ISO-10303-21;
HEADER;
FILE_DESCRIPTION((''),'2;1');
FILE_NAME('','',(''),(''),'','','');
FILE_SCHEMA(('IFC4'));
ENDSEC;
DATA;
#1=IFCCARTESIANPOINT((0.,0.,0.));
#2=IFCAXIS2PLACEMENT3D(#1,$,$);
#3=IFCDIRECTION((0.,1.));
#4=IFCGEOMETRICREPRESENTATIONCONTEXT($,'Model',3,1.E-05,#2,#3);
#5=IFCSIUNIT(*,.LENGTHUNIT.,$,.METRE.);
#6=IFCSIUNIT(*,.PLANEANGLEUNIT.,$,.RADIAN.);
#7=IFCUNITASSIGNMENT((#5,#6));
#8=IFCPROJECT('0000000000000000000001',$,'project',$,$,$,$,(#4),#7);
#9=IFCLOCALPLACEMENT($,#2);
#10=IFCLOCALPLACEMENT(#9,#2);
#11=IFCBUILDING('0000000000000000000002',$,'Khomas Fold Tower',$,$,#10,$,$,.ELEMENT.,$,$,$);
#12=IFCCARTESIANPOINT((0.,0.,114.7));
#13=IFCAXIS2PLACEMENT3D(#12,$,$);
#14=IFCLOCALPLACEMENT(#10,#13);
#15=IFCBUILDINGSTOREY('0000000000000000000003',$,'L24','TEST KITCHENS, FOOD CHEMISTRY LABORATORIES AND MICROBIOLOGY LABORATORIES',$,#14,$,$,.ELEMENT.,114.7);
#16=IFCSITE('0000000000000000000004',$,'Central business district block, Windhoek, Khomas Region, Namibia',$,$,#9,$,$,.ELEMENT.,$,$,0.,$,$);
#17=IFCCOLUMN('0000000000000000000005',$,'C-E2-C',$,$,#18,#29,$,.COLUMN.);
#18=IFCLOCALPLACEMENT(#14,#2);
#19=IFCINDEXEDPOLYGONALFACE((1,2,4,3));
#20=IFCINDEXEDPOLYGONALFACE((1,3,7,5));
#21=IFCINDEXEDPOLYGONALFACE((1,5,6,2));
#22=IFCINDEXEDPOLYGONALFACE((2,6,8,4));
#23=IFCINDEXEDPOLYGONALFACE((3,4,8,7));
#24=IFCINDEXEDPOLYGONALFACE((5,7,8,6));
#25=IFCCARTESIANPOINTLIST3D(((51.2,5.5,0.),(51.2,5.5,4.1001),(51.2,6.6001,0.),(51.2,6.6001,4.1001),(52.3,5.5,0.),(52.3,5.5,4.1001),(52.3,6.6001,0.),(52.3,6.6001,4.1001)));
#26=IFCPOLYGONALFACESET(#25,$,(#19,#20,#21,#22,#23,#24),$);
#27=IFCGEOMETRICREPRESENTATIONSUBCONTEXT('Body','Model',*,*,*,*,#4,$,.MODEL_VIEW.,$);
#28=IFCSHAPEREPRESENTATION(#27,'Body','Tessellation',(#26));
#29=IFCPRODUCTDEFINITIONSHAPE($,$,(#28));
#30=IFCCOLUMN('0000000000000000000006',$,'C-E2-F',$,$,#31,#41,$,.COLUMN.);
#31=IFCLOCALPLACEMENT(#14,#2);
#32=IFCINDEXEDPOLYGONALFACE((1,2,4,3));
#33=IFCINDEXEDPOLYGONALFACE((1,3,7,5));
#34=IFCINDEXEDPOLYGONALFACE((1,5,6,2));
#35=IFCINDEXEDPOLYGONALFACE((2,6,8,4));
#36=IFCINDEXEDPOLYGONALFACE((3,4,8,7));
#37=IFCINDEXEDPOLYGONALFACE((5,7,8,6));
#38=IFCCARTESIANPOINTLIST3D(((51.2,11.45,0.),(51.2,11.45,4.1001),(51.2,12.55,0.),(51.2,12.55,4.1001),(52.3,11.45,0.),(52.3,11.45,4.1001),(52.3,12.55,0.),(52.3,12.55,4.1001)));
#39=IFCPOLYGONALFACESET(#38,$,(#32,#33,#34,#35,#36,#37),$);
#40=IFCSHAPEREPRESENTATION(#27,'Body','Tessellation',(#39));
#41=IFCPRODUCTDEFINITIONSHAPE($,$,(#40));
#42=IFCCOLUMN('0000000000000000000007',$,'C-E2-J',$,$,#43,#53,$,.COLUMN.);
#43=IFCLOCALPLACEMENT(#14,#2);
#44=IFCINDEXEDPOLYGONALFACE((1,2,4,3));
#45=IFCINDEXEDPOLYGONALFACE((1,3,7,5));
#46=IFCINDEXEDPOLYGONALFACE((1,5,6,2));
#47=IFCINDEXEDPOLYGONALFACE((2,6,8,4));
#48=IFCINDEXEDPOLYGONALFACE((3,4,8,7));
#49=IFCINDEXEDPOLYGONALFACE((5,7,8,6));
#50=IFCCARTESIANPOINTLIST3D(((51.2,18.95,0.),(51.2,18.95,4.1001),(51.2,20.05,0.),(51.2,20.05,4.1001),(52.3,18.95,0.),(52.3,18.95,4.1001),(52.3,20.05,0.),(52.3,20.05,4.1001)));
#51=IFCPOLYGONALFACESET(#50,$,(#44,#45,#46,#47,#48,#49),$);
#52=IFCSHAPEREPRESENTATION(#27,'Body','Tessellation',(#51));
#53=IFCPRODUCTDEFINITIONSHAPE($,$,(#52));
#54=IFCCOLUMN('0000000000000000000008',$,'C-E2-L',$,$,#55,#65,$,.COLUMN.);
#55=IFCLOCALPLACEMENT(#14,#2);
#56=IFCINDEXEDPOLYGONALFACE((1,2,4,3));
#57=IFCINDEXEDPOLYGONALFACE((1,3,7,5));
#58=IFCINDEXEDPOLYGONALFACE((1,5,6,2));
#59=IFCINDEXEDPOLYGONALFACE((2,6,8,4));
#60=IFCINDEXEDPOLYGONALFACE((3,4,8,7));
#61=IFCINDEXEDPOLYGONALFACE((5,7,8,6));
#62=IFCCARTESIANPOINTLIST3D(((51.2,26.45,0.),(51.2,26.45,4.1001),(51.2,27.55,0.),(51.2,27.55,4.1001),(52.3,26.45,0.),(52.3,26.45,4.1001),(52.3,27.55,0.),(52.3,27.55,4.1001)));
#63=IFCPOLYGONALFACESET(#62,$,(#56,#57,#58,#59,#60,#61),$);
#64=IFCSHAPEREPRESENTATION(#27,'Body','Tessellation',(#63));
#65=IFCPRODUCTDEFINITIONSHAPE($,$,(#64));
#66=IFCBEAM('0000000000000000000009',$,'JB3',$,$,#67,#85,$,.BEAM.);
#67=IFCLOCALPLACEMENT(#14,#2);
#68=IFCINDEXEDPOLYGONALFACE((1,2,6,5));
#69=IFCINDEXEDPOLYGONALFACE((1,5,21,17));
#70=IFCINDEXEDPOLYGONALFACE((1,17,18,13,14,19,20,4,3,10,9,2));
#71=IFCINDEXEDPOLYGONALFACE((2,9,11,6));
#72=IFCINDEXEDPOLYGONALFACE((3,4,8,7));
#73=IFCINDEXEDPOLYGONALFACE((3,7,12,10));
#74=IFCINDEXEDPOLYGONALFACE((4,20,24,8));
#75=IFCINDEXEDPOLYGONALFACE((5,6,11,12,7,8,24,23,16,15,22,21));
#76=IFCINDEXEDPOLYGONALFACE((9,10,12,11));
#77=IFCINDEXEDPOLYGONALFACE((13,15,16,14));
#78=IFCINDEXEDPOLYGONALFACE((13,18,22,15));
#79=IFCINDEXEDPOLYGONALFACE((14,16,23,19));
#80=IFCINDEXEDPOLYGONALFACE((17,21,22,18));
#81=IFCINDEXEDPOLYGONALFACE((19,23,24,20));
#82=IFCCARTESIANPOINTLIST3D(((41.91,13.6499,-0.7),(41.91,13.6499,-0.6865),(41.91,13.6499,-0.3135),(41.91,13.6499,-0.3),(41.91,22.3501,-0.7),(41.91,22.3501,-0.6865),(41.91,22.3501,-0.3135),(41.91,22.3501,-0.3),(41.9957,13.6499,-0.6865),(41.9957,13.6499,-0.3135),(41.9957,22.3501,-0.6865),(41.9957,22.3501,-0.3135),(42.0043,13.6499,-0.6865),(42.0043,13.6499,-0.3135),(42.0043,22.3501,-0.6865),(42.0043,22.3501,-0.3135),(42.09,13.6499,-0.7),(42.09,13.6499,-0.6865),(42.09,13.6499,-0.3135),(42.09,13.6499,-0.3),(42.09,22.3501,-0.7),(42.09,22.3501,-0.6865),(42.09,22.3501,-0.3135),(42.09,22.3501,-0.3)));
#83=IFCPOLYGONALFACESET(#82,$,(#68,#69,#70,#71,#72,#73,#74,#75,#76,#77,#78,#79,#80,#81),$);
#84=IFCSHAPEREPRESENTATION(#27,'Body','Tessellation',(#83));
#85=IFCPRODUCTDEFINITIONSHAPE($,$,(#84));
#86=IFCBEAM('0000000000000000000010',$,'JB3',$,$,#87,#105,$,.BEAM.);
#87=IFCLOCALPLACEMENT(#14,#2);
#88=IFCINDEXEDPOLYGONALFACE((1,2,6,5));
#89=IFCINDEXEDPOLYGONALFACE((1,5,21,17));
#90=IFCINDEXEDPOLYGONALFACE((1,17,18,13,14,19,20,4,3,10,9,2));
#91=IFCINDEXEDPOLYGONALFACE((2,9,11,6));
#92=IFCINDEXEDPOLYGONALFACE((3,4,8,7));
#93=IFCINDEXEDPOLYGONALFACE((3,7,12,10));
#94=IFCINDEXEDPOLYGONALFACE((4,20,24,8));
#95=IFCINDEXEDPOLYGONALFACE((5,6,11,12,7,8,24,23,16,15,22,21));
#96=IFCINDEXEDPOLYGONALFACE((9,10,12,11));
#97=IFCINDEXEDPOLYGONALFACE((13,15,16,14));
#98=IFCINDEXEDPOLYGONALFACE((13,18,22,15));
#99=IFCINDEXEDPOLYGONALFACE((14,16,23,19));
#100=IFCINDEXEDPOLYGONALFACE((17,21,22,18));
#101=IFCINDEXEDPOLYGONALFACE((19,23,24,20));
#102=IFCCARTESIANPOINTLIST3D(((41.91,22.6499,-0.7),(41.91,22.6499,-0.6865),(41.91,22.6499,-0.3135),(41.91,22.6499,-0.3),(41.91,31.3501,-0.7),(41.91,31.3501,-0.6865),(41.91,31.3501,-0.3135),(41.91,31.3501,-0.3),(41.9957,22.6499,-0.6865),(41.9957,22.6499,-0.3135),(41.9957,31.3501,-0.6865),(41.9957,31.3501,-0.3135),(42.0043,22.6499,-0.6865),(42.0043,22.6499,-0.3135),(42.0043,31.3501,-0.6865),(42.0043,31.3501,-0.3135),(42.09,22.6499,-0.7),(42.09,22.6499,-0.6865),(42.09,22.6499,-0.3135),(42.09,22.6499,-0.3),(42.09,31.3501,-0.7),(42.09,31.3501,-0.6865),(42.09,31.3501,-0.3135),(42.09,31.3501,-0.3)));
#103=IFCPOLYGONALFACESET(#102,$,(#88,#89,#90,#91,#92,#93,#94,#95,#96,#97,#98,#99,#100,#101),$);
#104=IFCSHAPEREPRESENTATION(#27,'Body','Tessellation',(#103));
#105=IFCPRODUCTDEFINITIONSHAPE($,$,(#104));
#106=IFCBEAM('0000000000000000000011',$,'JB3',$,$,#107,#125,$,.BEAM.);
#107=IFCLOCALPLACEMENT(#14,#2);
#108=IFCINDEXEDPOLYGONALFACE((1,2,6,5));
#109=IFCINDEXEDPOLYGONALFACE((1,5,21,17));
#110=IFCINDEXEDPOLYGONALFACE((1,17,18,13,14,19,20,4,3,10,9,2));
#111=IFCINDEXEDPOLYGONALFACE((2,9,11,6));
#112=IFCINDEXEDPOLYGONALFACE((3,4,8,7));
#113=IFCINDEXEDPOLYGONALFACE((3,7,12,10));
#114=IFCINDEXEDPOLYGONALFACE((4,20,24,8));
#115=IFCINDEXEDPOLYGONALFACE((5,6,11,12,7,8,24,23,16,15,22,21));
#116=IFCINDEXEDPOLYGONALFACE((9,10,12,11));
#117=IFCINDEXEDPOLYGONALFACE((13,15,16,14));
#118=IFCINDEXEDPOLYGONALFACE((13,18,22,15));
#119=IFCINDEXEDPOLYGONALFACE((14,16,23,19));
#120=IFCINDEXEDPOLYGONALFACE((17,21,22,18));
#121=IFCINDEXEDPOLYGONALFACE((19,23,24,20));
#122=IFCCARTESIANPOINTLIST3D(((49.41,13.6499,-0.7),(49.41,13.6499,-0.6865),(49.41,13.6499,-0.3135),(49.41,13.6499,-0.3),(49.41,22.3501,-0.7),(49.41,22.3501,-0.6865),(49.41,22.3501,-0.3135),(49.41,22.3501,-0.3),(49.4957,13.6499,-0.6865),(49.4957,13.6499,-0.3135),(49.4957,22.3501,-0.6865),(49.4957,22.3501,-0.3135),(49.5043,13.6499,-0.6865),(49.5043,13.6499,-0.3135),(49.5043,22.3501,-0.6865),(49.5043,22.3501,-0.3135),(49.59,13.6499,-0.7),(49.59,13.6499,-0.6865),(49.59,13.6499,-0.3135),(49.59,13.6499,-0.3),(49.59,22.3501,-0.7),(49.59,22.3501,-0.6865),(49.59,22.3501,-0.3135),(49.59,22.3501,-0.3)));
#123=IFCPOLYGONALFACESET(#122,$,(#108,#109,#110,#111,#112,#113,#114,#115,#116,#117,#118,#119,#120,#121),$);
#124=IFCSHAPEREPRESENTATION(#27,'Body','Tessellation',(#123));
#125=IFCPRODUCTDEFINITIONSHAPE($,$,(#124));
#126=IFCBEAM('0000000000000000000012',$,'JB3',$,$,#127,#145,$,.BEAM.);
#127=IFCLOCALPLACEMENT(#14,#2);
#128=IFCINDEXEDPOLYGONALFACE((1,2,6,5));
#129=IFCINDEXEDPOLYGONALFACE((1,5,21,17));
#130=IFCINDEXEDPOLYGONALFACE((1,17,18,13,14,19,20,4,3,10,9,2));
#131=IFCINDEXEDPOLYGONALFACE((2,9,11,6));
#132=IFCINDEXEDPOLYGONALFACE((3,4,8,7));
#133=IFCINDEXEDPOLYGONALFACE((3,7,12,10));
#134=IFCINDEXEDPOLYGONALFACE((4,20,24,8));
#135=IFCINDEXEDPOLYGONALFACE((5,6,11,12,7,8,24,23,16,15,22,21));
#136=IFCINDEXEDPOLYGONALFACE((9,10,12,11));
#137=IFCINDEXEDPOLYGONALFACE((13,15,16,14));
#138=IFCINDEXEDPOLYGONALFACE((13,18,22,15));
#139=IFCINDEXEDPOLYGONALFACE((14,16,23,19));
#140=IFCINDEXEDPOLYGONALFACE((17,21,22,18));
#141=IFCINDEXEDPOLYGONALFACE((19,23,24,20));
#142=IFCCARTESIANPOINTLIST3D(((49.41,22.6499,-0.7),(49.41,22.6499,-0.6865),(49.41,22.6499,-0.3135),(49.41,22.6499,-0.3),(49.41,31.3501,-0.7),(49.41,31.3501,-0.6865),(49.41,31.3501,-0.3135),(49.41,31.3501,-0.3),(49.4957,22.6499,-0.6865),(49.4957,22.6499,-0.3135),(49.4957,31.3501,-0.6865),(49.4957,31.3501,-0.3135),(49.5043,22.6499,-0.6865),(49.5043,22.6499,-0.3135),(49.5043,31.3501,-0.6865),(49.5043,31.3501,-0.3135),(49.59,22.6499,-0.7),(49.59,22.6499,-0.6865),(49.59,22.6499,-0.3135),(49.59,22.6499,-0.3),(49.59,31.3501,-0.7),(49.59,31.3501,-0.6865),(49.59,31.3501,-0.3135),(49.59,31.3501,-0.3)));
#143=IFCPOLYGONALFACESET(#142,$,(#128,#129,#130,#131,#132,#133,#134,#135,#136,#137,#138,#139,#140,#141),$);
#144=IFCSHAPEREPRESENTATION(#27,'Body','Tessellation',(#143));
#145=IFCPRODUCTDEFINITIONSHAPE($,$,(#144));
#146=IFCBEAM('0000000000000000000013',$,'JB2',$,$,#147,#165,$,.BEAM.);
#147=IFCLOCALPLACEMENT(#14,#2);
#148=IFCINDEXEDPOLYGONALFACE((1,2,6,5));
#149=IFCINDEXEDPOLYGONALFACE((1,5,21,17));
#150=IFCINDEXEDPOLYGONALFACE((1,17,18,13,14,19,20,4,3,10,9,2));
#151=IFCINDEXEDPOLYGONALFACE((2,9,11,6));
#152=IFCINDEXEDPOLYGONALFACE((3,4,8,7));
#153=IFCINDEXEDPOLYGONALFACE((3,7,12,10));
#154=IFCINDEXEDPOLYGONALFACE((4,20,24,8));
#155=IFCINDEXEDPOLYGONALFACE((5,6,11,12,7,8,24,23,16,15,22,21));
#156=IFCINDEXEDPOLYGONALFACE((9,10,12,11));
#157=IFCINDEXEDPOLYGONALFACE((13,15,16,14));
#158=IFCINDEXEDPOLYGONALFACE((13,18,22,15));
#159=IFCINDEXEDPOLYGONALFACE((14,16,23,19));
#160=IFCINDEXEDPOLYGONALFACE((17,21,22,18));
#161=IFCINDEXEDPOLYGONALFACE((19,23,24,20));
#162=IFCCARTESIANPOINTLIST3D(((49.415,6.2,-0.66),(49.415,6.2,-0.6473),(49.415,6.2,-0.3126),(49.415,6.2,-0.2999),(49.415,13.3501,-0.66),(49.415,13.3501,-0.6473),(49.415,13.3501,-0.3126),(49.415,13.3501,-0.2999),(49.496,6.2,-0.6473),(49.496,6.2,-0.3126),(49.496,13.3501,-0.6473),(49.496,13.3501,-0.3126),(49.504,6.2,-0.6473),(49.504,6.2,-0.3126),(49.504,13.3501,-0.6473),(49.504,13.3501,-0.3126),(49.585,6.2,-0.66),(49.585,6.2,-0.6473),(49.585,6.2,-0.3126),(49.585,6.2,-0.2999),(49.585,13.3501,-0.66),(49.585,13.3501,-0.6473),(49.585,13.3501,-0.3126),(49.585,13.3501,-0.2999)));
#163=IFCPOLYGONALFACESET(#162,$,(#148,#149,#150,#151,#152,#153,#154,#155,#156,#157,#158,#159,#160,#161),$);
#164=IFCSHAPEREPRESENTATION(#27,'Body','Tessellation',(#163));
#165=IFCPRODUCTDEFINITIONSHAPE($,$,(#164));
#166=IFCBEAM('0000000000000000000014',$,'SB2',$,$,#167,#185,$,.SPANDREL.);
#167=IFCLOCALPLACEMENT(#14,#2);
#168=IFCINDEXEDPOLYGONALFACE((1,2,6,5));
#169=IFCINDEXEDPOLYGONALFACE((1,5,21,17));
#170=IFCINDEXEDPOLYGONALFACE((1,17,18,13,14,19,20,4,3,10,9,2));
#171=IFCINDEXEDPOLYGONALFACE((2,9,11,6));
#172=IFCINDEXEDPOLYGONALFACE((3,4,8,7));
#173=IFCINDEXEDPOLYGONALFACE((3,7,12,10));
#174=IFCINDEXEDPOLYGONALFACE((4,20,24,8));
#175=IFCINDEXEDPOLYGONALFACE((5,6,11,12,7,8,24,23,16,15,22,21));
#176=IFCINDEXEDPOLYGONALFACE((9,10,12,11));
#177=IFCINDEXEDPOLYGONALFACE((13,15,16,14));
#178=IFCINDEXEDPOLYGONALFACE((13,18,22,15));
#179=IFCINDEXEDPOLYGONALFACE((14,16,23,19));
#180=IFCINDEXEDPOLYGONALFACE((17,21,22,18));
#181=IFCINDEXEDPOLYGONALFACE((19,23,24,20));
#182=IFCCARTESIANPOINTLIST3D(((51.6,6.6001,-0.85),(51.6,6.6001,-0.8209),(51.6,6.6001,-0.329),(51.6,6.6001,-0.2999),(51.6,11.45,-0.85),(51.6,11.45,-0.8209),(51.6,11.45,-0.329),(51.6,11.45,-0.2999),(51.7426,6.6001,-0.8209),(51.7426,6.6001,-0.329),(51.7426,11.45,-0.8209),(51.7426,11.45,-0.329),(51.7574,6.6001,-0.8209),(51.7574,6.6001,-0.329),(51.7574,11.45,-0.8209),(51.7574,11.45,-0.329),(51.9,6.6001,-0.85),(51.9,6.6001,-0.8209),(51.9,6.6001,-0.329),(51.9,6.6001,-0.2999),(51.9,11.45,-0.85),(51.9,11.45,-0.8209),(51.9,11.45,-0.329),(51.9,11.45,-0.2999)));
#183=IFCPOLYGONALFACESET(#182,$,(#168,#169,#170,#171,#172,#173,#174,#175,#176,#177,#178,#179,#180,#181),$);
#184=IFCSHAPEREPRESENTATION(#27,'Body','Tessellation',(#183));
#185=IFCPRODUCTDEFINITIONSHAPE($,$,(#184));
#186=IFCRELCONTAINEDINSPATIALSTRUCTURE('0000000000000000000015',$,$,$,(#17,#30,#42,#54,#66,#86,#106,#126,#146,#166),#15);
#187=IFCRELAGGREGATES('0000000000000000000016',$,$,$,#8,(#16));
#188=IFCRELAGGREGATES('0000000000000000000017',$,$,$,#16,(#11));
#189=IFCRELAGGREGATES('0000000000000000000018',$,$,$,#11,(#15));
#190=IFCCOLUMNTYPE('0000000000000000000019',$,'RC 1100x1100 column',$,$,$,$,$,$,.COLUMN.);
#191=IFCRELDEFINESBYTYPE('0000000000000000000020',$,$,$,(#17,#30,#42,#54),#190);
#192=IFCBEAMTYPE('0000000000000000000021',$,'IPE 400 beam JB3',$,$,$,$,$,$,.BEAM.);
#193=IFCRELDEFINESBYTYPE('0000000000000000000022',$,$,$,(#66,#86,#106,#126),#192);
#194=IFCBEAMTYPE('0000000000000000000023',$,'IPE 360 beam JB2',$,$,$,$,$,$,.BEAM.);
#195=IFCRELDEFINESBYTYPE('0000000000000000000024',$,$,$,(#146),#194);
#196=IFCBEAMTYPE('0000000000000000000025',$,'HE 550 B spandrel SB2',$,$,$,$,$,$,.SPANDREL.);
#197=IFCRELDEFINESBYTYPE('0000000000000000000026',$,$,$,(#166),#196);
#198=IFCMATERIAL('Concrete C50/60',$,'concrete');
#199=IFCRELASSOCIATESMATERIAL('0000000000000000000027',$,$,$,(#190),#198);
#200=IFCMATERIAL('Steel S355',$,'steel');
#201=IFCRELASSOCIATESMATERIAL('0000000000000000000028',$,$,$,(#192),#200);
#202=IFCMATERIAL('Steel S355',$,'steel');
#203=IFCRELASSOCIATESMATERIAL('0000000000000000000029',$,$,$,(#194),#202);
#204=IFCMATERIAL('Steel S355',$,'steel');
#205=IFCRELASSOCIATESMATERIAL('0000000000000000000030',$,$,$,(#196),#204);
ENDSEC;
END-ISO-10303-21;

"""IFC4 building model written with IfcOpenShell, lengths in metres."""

from ifc_helpers import new_model, si_unit, direction, frame, origin, origin_2d, place, context, subcontext, project, spatial, rectangle, i_section, extrude, source, transform, mapped, material, material_profile, profile_set, type_object, element, save


model = new_model("IFC4")

# Units and contexts
model_context = context("Model", 3, precision=1e-05, world=origin(), true_north=direction((0.0, 1.0)))
body_context = subcontext(model_context, "Body", "Model", "MODEL_VIEW")
ifc_project = project(units=[si_unit("LENGTHUNIT", "METRE"), si_unit("PLANEANGLEUNIT", "RADIAN")], contexts=[model_context])

# Site, building, storey
site_placement = place(None, origin())
site = spatial("IfcSite", under=ifc_project, at=site_placement, Name="Central business district block, Windhoek, Khomas Region, Namibia", CompositionType="ELEMENT", RefElevation=0.0)
building_placement = place(site_placement, origin())
building = spatial("IfcBuilding", under=site, at=building_placement, Name="Khomas Fold Tower", CompositionType="ELEMENT")
storey_placement = place(building_placement, frame((0.0, 0.0, 114.7)))
storey = spatial("IfcBuildingStorey", under=building, at=storey_placement, Name="L24", Description="TEST KITCHENS, FOOD CHEMISTRY LABORATORIES AND MICROBIOLOGY LABORATORIES", CompositionType="ELEMENT", Elevation=114.7)

# Columns
ifc_material_1 = material(Name="Concrete C50/60", Category="concrete")
ifc_material_profile_1 = material_profile(ifc_material_1, rectangle(XDim=1.1001, YDim=1.1001, at=origin_2d()), Name="RC 1100x1100")
ifc_profile_set_1 = profile_set([ifc_material_profile_1], Name="Concrete C50/60")
column_type = type_object("IfcColumnType", Name="RC 1100x1100 column", PredefinedType="COLUMN", material=ifc_profile_set_1)
shared_shape_1 = source(origin(), body_context, "Body", "SweptSolid", [
    extrude(rectangle(XDim=1.1001, YDim=1.1001, at=origin_2d()), origin(), (0.0, 0.0, 1.0), 4.1001),
])
for number, where, z_axis, x_axis, name in (
    (1, (51.75, 6.05, 0.0), (0.0, 0.0, 1.0), (1.0, 0.0, 0.0), "C-E2-C"),
    (2, (51.75, 12.0, 0.0), (0.0, 0.0, 1.0), (1.0, 0.0, 0.0), "C-E2-F"),
    (3, (51.75, 19.5, 0.0), (0.0, 0.0, 1.0), (1.0, 0.0, 0.0), "C-E2-J"),
    (4, (51.75, 27.0, 0.0), (0.0, 0.0, 1.0), (1.0, 0.0, 0.0), "C-E2-L"),
):
    element("IfcColumn", number, at=place(storey_placement, frame(where, z_axis=z_axis, x_axis=x_axis)), inside=storey, type_object=column_type, Name=name, PredefinedType="COLUMN", context=body_context, shape_type="MappedRepresentation", body=[
        mapped(shared_shape_1, transform((0.0, 0.0, 0.0))),
    ])

# Beams
ifc_material_2 = material(Name="Steel S355", Category="steel")
ifc_material_profile_2 = material_profile(ifc_material_2, i_section(OverallWidth=0.1799, OverallDepth=0.3999, WebThickness=0.0085, FlangeThickness=0.0134, at=origin_2d()), Name="IPE 400")
ifc_profile_set_2 = profile_set([ifc_material_profile_2], Name="Steel S355")
beam_type_1 = type_object("IfcBeamType", Name="IPE 400 beam JB3", PredefinedType="BEAM", material=ifc_profile_set_2)
shared_shape_2 = source(origin(), body_context, "Body", "SweptSolid", [
    extrude(i_section(OverallWidth=0.1799, OverallDepth=0.3999, WebThickness=0.0085, FlangeThickness=0.0134, at=origin_2d()), origin(), (0.0, 0.0, 1.0), 8.7002),
])
for number, where, z_axis, x_axis, name in (
    (5, (42.0, 13.6499, -0.5), (0.0, 1.0, 0.0), (-1.0, 0.0, 0.0), "JB3"),
    (6, (42.0, 22.6499, -0.5), (0.0, 1.0, 0.0), (-1.0, 0.0, 0.0), "JB3"),
    (7, (49.5, 13.6499, -0.5), (0.0, 1.0, 0.0), (-1.0, 0.0, 0.0), "JB3"),
    (8, (49.5, 22.6499, -0.5), (0.0, 1.0, 0.0), (-1.0, 0.0, 0.0), "JB3"),
):
    element("IfcBeam", number, at=place(storey_placement, frame(where, z_axis=z_axis, x_axis=x_axis)), inside=storey, type_object=beam_type_1, Name=name, PredefinedType="BEAM", context=body_context, shape_type="MappedRepresentation", body=[
        mapped(shared_shape_2, transform((0.0, 0.0, 0.0))),
    ])
ifc_material_3 = material(Name="Steel S355", Category="steel")
ifc_material_profile_3 = material_profile(ifc_material_3, i_section(OverallWidth=0.1699, OverallDepth=0.3601, WebThickness=0.0081, FlangeThickness=0.0127, at=origin_2d()), Name="IPE 360")
ifc_profile_set_3 = profile_set([ifc_material_profile_3], Name="Steel S355")
beam_type_2 = type_object("IfcBeamType", Name="IPE 360 beam JB2", PredefinedType="BEAM", material=ifc_profile_set_3)
shared_shape_3 = source(origin(), body_context, "Body", "SweptSolid", [
    extrude(i_section(OverallWidth=0.1699, OverallDepth=0.3601, WebThickness=0.0081, FlangeThickness=0.0127, at=origin_2d()), origin(), (0.0, 0.0, 1.0), 7.1501),
])
beam_1_placement = place(storey_placement, frame((49.5, 6.2, -0.48), z_axis=(0.0, 1.0, 0.0), x_axis=(-1.0, 0.0, 0.0)))
element("IfcBeam", 9, at=beam_1_placement, inside=storey, type_object=beam_type_2, Name="JB2", PredefinedType="BEAM", context=body_context, shape_type="MappedRepresentation", body=[
    mapped(shared_shape_3, transform((0.0, 0.0, 0.0))),
])
ifc_material_4 = material(Name="Steel S355", Category="steel")
ifc_material_profile_4 = material_profile(ifc_material_4, i_section(OverallWidth=0.3, OverallDepth=0.55, WebThickness=0.0149, FlangeThickness=0.0291, at=origin_2d()), Name="HE 550 B")
ifc_profile_set_4 = profile_set([ifc_material_profile_4], Name="Steel S355")
beam_type_3 = type_object("IfcBeamType", Name="HE 550 B spandrel SB2", PredefinedType="SPANDREL", material=ifc_profile_set_4)
shared_shape_4 = source(origin(), body_context, "Body", "SweptSolid", [
    extrude(i_section(OverallWidth=0.3, OverallDepth=0.55, WebThickness=0.0149, FlangeThickness=0.0291, at=origin_2d()), origin(), (0.0, 0.0, 1.0), 4.8499),
])
beam_2_placement = place(storey_placement, frame((51.75, 6.6001, -0.575), z_axis=(0.0, 1.0, 0.0), x_axis=(-1.0, 0.0, 0.0)))
element("IfcBeam", 10, at=beam_2_placement, inside=storey, type_object=beam_type_3, Name="SB2", PredefinedType="SPANDREL", context=body_context, shape_type="MappedRepresentation", body=[
    mapped(shared_shape_4, transform((0.0, 0.0, 0.0))),
])

save(model, "model.ifc")
